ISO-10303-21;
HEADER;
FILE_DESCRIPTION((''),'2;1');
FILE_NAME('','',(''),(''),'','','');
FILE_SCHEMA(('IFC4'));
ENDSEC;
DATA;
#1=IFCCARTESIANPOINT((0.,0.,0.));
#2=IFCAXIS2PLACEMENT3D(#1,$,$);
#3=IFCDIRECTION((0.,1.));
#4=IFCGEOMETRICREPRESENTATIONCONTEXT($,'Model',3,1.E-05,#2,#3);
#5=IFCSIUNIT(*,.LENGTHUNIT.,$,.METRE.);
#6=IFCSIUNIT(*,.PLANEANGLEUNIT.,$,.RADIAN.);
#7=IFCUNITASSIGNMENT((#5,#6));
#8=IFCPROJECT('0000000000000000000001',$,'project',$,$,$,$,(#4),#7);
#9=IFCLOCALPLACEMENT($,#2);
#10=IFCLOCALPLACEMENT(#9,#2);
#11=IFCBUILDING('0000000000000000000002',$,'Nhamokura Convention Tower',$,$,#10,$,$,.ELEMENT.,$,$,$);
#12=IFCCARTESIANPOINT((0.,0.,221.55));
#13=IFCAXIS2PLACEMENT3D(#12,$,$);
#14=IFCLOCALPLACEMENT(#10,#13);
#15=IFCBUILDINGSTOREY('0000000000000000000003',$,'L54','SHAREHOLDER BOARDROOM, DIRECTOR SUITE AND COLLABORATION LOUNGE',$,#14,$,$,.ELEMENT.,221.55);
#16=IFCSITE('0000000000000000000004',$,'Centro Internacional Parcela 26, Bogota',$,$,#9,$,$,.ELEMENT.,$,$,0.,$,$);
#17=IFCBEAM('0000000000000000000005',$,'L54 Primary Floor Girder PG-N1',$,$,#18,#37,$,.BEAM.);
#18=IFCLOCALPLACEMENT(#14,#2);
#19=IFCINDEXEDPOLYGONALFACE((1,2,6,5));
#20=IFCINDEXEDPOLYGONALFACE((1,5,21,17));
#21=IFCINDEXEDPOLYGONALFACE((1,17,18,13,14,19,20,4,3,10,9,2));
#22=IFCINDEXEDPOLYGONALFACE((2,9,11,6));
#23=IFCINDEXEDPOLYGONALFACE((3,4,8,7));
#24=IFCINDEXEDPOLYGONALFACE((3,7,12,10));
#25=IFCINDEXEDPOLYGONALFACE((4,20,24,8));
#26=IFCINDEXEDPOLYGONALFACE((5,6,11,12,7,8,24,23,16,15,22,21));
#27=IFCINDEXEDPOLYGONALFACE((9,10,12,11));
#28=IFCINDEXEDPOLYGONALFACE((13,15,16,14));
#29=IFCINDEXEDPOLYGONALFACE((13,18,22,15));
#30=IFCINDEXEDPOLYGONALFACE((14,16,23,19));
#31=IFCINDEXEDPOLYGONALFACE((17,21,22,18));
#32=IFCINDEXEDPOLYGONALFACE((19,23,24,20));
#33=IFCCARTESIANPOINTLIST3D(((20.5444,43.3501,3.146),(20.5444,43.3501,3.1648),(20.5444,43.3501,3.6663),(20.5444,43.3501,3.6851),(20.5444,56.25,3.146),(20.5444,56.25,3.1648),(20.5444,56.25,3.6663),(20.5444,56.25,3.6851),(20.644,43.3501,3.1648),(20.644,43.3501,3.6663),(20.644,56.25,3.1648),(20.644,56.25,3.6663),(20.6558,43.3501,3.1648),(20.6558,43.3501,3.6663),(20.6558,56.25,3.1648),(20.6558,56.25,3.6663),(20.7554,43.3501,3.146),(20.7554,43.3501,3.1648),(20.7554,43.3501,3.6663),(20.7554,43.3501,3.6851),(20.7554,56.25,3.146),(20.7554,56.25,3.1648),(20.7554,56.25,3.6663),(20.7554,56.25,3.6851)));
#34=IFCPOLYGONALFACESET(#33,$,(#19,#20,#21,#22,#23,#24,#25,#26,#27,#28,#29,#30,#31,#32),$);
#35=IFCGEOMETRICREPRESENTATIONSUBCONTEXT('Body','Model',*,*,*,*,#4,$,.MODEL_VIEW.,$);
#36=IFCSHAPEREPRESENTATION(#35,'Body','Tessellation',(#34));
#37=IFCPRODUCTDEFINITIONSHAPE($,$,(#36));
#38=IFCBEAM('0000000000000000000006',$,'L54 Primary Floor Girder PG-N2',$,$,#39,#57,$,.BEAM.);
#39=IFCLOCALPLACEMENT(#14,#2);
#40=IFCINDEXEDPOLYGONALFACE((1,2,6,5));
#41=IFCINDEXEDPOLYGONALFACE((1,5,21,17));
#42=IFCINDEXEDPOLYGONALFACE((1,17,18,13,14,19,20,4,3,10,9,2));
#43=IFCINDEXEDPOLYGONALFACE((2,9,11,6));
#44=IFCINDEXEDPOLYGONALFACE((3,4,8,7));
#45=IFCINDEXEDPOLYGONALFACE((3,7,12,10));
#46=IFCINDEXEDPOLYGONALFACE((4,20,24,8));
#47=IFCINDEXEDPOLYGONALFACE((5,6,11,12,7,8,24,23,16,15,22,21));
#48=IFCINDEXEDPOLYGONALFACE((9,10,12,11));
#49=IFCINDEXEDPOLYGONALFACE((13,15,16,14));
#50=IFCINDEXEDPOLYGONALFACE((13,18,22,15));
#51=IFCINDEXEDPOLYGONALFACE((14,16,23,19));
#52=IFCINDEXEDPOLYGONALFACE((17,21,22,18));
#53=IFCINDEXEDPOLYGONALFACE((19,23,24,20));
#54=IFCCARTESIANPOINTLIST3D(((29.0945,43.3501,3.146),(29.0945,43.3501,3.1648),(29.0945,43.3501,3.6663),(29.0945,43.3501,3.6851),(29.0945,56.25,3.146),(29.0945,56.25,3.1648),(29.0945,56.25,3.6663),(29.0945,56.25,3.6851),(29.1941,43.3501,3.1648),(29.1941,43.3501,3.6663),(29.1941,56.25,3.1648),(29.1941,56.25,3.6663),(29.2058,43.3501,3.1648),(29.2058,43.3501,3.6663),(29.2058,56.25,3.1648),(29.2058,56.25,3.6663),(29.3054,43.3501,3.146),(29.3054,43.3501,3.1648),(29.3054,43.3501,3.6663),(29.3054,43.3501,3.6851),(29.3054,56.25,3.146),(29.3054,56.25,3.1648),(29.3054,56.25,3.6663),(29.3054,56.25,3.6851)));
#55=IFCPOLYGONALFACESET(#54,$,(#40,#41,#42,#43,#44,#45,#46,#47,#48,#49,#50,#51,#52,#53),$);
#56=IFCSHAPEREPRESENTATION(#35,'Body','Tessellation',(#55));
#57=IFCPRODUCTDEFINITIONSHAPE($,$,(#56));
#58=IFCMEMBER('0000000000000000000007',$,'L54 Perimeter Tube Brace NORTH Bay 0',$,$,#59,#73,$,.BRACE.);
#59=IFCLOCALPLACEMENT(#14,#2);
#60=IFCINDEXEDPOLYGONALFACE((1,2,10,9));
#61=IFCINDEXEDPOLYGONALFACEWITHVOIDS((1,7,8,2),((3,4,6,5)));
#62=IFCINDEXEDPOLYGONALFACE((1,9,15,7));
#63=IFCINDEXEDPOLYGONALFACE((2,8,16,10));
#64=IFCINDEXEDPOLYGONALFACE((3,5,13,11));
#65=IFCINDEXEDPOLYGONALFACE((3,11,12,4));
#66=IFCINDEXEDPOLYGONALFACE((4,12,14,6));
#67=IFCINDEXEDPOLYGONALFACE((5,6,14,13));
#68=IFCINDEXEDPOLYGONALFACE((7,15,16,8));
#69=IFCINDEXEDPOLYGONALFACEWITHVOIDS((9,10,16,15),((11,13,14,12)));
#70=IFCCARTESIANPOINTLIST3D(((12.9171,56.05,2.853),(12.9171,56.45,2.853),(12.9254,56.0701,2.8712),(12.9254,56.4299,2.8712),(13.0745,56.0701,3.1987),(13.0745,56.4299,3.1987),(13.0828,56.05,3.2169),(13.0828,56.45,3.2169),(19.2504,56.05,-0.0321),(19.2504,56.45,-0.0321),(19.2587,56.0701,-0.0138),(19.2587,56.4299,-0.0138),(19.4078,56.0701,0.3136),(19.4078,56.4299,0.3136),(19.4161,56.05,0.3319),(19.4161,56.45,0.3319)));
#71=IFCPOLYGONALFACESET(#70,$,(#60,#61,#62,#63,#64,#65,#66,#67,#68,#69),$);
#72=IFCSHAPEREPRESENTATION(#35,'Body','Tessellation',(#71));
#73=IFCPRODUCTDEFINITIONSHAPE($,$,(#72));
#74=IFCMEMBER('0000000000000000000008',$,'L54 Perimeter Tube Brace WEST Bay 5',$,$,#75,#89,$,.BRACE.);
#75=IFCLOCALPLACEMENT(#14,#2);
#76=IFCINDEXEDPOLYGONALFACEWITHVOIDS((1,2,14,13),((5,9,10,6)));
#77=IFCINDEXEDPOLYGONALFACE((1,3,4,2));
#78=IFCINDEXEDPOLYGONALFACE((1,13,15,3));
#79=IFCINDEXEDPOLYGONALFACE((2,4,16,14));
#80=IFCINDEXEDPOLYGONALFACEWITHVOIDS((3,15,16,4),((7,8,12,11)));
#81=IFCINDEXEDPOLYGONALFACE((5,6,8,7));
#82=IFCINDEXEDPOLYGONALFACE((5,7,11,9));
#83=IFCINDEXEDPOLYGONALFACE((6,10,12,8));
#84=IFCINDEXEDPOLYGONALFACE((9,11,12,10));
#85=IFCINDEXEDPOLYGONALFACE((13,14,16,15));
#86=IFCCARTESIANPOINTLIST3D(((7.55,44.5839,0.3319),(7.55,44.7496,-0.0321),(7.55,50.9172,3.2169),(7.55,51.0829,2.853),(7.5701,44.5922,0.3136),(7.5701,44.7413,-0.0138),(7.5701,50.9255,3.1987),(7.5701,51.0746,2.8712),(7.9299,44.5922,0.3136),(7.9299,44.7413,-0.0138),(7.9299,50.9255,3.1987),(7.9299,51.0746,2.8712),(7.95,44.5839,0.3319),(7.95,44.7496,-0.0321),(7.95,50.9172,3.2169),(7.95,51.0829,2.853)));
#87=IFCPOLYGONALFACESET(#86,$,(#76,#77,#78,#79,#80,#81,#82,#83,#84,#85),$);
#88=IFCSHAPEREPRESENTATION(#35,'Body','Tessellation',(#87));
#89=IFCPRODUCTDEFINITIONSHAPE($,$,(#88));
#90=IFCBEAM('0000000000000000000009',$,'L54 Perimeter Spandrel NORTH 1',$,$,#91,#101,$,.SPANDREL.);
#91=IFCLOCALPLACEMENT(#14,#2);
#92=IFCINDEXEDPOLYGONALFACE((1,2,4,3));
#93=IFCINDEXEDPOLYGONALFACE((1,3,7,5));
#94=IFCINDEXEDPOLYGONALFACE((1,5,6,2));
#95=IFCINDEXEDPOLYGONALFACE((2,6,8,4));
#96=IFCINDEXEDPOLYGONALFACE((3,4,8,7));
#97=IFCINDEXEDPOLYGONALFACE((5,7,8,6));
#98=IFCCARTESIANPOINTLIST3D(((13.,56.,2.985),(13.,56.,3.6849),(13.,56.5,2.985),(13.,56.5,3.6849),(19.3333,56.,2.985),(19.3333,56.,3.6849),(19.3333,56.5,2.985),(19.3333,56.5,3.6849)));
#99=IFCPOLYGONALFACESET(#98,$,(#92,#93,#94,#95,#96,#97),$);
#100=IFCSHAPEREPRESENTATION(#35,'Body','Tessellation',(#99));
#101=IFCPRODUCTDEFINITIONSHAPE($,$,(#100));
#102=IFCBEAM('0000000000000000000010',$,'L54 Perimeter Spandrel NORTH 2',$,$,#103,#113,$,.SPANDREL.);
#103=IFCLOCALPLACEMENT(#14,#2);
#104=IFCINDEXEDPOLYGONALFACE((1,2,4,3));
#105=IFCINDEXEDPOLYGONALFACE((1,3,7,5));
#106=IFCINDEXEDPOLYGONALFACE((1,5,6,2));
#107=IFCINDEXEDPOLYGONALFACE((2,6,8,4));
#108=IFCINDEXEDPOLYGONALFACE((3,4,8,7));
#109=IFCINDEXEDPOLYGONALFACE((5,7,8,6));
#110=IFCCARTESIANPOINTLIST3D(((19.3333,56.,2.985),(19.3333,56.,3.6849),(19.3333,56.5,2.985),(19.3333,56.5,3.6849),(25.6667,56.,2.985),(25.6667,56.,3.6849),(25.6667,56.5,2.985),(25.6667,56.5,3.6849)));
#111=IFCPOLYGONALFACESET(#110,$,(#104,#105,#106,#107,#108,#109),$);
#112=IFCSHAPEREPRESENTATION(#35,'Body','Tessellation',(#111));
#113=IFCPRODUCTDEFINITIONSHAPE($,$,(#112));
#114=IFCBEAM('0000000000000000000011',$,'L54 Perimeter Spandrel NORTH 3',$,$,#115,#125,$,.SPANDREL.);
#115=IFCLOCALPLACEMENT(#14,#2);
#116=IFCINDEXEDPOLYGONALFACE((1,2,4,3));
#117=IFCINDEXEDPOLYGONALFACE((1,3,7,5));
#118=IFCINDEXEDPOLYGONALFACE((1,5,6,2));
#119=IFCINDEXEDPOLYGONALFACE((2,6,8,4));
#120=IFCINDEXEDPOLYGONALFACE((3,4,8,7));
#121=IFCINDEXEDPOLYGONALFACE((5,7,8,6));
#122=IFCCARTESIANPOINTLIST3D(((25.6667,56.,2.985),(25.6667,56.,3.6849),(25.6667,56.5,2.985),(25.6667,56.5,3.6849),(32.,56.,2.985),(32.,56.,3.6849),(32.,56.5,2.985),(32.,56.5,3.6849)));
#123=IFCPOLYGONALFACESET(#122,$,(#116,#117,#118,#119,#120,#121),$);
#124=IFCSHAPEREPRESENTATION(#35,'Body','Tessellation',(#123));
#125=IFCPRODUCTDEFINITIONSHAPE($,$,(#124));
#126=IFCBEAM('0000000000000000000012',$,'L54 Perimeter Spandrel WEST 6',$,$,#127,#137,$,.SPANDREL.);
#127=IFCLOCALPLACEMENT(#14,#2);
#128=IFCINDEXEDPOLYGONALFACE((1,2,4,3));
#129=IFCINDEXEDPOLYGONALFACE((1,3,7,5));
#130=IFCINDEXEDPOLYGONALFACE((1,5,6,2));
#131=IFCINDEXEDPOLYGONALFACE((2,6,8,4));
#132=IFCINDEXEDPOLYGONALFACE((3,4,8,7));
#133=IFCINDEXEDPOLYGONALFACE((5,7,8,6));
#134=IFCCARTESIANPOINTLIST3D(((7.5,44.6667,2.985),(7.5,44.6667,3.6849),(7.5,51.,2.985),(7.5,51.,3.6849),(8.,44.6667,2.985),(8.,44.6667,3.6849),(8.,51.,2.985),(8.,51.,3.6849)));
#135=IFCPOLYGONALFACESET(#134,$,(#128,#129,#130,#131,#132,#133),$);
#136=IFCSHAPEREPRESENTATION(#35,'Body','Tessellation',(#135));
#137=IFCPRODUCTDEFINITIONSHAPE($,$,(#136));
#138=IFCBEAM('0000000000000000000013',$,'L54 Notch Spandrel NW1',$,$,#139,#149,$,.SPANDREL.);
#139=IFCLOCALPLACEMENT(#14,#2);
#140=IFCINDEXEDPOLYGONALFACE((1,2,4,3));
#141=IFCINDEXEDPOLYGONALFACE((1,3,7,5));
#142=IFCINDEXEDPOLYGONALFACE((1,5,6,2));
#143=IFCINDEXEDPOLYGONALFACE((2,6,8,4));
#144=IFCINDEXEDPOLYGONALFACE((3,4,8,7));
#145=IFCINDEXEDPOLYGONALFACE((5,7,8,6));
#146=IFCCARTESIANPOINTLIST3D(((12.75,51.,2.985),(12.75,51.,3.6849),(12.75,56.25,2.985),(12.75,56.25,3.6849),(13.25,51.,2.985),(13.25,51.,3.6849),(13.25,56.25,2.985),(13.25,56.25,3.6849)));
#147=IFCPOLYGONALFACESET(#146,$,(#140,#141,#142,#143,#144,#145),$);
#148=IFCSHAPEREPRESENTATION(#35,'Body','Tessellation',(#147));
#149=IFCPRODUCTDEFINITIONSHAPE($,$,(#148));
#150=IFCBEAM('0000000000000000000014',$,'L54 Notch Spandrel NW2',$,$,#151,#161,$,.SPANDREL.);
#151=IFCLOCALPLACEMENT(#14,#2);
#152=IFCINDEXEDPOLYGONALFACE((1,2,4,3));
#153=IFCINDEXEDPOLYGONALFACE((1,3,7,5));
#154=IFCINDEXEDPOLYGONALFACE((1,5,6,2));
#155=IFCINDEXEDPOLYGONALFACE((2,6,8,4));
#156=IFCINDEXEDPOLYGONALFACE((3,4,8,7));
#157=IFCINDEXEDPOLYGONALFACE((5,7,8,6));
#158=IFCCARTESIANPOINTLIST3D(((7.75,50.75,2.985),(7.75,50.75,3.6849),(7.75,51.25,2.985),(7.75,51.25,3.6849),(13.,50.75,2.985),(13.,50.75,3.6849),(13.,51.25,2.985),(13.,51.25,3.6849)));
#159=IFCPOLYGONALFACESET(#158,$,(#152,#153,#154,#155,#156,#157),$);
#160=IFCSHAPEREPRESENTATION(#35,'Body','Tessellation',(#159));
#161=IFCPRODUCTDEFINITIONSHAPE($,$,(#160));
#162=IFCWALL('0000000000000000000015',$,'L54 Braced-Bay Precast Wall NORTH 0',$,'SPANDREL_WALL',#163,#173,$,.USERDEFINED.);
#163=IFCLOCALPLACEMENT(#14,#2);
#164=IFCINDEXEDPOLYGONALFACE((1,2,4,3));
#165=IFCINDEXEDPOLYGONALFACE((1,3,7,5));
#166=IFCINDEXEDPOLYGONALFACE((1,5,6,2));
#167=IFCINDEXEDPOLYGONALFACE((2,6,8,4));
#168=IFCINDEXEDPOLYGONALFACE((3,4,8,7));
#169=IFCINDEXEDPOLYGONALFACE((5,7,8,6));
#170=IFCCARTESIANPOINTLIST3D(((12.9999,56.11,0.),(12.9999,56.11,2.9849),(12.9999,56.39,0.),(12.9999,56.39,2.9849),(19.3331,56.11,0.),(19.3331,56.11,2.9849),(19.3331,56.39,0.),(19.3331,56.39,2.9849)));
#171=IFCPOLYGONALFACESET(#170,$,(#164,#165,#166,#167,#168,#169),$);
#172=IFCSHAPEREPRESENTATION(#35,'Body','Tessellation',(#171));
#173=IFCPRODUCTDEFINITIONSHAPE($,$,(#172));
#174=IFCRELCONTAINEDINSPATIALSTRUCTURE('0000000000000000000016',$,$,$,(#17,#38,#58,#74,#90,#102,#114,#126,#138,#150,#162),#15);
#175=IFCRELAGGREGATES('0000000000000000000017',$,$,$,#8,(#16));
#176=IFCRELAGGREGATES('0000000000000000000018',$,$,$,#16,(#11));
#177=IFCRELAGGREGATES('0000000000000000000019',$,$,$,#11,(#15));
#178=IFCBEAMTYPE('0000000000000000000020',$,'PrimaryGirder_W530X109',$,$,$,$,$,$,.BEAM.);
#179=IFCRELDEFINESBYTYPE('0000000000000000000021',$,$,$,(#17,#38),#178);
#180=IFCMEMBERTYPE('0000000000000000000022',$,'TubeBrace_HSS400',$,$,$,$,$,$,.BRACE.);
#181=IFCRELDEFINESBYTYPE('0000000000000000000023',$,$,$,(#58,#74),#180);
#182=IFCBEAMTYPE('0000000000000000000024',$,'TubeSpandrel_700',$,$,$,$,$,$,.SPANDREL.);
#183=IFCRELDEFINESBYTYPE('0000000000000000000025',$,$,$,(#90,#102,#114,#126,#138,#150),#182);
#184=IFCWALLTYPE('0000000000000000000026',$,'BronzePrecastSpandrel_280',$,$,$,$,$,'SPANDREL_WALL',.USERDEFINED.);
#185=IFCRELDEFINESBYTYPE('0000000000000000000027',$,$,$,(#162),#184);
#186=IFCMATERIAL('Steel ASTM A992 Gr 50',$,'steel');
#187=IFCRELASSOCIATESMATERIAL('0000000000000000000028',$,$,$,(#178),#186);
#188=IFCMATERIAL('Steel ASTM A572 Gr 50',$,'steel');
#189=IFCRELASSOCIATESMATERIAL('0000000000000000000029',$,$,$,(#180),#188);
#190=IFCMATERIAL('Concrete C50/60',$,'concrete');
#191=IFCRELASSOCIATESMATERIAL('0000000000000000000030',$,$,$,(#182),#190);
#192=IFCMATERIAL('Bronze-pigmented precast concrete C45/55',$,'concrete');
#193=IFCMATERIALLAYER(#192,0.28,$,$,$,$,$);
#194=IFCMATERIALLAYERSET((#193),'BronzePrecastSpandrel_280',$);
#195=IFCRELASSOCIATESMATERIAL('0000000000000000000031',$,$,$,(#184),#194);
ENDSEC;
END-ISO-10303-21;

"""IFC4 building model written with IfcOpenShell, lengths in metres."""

from ifc_helpers import new_model, si_unit, direction, frame, frame_2d, origin, origin_2d, place, context, subcontext, project, spatial, rectangle, hollow_rectangle, i_section, extrude, material, layer, layer_set, material_profile, profile_set, type_object, element, save


model = new_model("IFC4")

# Units and contexts
model_context = context("Model", 3, precision=1e-05, world=origin(), true_north=direction((0.0, 1.0)))
body_context = subcontext(model_context, "Body", "Model", "MODEL_VIEW")
ifc_project = project(units=[si_unit("LENGTHUNIT", "METRE"), si_unit("PLANEANGLEUNIT", "RADIAN")], contexts=[model_context])

# Site, building, storey
site_placement = place(None, origin())
site = spatial("IfcSite", under=ifc_project, at=site_placement, Name="Centro Internacional Parcela 26, Bogota", CompositionType="ELEMENT", RefElevation=0.0)
building_placement = place(site_placement, origin())
building = spatial("IfcBuilding", under=site, at=building_placement, Name="Nhamokura Convention Tower", CompositionType="ELEMENT")
storey_placement = place(building_placement, frame((0.0, 0.0, 221.55)))
storey = spatial("IfcBuildingStorey", under=building, at=storey_placement, Name="L54", Description="SHAREHOLDER BOARDROOM, DIRECTOR SUITE AND COLLABORATION LOUNGE", CompositionType="ELEMENT", Elevation=221.55)

# Beams
ifc_material_1 = material(Name="Steel ASTM A992 Gr 50", Category="steel")
ifc_material_profile_1 = material_profile(ifc_material_1, i_section(OverallWidth=0.2109, OverallDepth=0.5391, WebThickness=0.0117, FlangeThickness=0.0188, at=origin_2d()))
ifc_profile_set_1 = profile_set([ifc_material_profile_1], Name="Steel ASTM A992 Gr 50")
beam_type_1 = type_object("IfcBeamType", Name="PrimaryGirder_W530X109", PredefinedType="BEAM", material=ifc_profile_set_1)
for number, where, z_axis, x_axis, name in (
    (1, (20.6499, 43.3501, 3.4155), (0.0, 1.0, 0.0), (-1.0, 0.0, 0.0), "L54 Primary Floor Girder PG-N1"),
    (2, (29.2, 43.3501, 3.4155), (0.0, 1.0, 0.0), (-1.0, 0.0, 0.0), "L54 Primary Floor Girder PG-N2"),
):
    element("IfcBeam", number, at=place(storey_placement, frame(where, z_axis=z_axis, x_axis=x_axis)), inside=storey, type_object=beam_type_1, Name=name, PredefinedType="BEAM", context=body_context, shape_type="SweptSolid", body=[
        extrude(i_section(OverallWidth=0.2109, OverallDepth=0.5391, WebThickness=0.0117, FlangeThickness=0.0188, at=origin_2d()), origin(), (0.0, 0.0, 1.0), 12.8999),
    ])

# Members
ifc_material_2 = material(Name="Steel ASTM A572 Gr 50", Category="steel")
ifc_material_profile_2 = material_profile(ifc_material_2, hollow_rectangle(XDim=0.3999, YDim=0.3999, WallThickness=0.02, at=origin_2d()))
ifc_profile_set_2 = profile_set([ifc_material_profile_2], Name="Steel ASTM A572 Gr 50")
member_type_1 = type_object("IfcMemberType", Name="TubeBrace_HSS400", PredefinedType="BRACE", material=ifc_profile_set_2)
for number, where, z_axis, x_axis, name in (
    (3, (19.3333, 56.25, 0.1499), (-0.910027, 0.0, 0.414548), (0.0, -1.0, 0.0), "L54 Perimeter Tube Brace NORTH Bay 0"),
    (4, (7.75, 44.6667, 0.1499), (0.0, 0.910027, 0.414548), (-1.0, 0.0, 0.0), "L54 Perimeter Tube Brace WEST Bay 5"),
):
    element("IfcMember", number, at=place(storey_placement, frame(where, z_axis=z_axis, x_axis=x_axis)), inside=storey, type_object=member_type_1, Name=name, PredefinedType="BRACE", context=body_context, shape_type="SweptSolid", body=[
        extrude(hollow_rectangle(XDim=0.3999, YDim=0.3999, WallThickness=0.02, at=origin_2d()), origin(), (0.0, 0.0, 1.0), 6.9595),
    ])

# Beams
ifc_material_3 = material(Name="Concrete C50/60", Category="concrete")
ifc_material_profile_3 = material_profile(ifc_material_3, rectangle(XDim=0.5, YDim=0.7, at=origin_2d()))
ifc_profile_set_3 = profile_set([ifc_material_profile_3], Name="Concrete C50/60")
beam_type_2 = type_object("IfcBeamType", Name="TubeSpandrel_700", PredefinedType="SPANDREL", material=ifc_profile_set_3)
beam_1_placement = place(storey_placement, frame((13.0, 56.25, 3.335), z_axis=(1.0, 0.0, 0.0), x_axis=(0.0, 1.0, 0.0)))
element("IfcBeam", 5, at=beam_1_placement, inside=storey, type_object=beam_type_2, Name="L54 Perimeter Spandrel NORTH 1", PredefinedType="SPANDREL", context=body_context, shape_type="SweptSolid", body=[
    extrude(rectangle(XDim=0.5, YDim=0.7, at=origin_2d()), origin(), (0.0, 0.0, 1.0), 6.3333),
])
beam_2_placement = place(storey_placement, frame((19.3333, 56.25, 3.335), z_axis=(1.0, 0.0, 0.0), x_axis=(0.0, 1.0, 0.0)))
element("IfcBeam", 6, at=beam_2_placement, inside=storey, type_object=beam_type_2, Name="L54 Perimeter Spandrel NORTH 2", PredefinedType="SPANDREL", context=body_context, shape_type="SweptSolid", body=[
    extrude(rectangle(XDim=0.5, YDim=0.7, at=origin_2d()), origin(), (0.0, 0.0, 1.0), 6.3335),
])
for number, where, z_axis, x_axis, name in (
    (7, (25.6667, 56.25, 3.335), (1.0, 0.0, 0.0), (0.0, 1.0, 0.0), "L54 Perimeter Spandrel NORTH 3"),
    (8, (7.75, 44.6667, 3.335), (0.0, 1.0, 0.0), (-1.0, 0.0, 0.0), "L54 Perimeter Spandrel WEST 6"),
):
    element("IfcBeam", number, at=place(storey_placement, frame(where, z_axis=z_axis, x_axis=x_axis)), inside=storey, type_object=beam_type_2, Name=name, PredefinedType="SPANDREL", context=body_context, shape_type="SweptSolid", body=[
        extrude(rectangle(XDim=0.5, YDim=0.7, at=origin_2d()), origin(), (0.0, 0.0, 1.0), 6.3333),
    ])
for number, where, z_axis, x_axis, name in (
    (9, (13.0, 56.25, 3.335), (0.0, -1.0, 0.0), (1.0, 0.0, 0.0), "L54 Notch Spandrel NW1"),
    (10, (13.0, 51.0, 3.335), (-1.0, 0.0, 0.0), (0.0, -1.0, 0.0), "L54 Notch Spandrel NW2"),
):
    element("IfcBeam", number, at=place(storey_placement, frame(where, z_axis=z_axis, x_axis=x_axis)), inside=storey, type_object=beam_type_2, Name=name, PredefinedType="SPANDREL", context=body_context, shape_type="SweptSolid", body=[
        extrude(rectangle(XDim=0.5, YDim=0.7, at=origin_2d()), origin(), (0.0, 0.0, 1.0), 5.25),
    ])

# Wall
ifc_material_4 = material(Name="Bronze-pigmented precast concrete C45/55", Category="concrete")
ifc_layer_1 = layer(ifc_material_4, 0.28)
ifc_layer_set_1 = layer_set([ifc_layer_1], Name="BronzePrecastSpandrel_280")
wall_type_1 = type_object("IfcWallType", Name="BronzePrecastSpandrel_280", ElementType="SPANDREL_WALL", PredefinedType="USERDEFINED", material=ifc_layer_set_1)
wall_1_placement = place(storey_placement, frame((13.0, 56.25, 0.0), z_axis=(0.0, 0.0, 1.0), x_axis=(1.0, 0.0, 0.0)))
element("IfcWall", 11, at=wall_1_placement, inside=storey, type_object=wall_type_1, Name="L54 Braced-Bay Precast Wall NORTH 0", ObjectType="SPANDREL_WALL", PredefinedType="USERDEFINED", context=body_context, shape_type="SweptSolid", body=[
    extrude(rectangle(XDim=6.3333, YDim=0.28, at=frame_2d((3.1665, 0.0))), origin(), (0.0, 0.0, 1.0), 2.9849),
])

save(model, "model.ifc")
